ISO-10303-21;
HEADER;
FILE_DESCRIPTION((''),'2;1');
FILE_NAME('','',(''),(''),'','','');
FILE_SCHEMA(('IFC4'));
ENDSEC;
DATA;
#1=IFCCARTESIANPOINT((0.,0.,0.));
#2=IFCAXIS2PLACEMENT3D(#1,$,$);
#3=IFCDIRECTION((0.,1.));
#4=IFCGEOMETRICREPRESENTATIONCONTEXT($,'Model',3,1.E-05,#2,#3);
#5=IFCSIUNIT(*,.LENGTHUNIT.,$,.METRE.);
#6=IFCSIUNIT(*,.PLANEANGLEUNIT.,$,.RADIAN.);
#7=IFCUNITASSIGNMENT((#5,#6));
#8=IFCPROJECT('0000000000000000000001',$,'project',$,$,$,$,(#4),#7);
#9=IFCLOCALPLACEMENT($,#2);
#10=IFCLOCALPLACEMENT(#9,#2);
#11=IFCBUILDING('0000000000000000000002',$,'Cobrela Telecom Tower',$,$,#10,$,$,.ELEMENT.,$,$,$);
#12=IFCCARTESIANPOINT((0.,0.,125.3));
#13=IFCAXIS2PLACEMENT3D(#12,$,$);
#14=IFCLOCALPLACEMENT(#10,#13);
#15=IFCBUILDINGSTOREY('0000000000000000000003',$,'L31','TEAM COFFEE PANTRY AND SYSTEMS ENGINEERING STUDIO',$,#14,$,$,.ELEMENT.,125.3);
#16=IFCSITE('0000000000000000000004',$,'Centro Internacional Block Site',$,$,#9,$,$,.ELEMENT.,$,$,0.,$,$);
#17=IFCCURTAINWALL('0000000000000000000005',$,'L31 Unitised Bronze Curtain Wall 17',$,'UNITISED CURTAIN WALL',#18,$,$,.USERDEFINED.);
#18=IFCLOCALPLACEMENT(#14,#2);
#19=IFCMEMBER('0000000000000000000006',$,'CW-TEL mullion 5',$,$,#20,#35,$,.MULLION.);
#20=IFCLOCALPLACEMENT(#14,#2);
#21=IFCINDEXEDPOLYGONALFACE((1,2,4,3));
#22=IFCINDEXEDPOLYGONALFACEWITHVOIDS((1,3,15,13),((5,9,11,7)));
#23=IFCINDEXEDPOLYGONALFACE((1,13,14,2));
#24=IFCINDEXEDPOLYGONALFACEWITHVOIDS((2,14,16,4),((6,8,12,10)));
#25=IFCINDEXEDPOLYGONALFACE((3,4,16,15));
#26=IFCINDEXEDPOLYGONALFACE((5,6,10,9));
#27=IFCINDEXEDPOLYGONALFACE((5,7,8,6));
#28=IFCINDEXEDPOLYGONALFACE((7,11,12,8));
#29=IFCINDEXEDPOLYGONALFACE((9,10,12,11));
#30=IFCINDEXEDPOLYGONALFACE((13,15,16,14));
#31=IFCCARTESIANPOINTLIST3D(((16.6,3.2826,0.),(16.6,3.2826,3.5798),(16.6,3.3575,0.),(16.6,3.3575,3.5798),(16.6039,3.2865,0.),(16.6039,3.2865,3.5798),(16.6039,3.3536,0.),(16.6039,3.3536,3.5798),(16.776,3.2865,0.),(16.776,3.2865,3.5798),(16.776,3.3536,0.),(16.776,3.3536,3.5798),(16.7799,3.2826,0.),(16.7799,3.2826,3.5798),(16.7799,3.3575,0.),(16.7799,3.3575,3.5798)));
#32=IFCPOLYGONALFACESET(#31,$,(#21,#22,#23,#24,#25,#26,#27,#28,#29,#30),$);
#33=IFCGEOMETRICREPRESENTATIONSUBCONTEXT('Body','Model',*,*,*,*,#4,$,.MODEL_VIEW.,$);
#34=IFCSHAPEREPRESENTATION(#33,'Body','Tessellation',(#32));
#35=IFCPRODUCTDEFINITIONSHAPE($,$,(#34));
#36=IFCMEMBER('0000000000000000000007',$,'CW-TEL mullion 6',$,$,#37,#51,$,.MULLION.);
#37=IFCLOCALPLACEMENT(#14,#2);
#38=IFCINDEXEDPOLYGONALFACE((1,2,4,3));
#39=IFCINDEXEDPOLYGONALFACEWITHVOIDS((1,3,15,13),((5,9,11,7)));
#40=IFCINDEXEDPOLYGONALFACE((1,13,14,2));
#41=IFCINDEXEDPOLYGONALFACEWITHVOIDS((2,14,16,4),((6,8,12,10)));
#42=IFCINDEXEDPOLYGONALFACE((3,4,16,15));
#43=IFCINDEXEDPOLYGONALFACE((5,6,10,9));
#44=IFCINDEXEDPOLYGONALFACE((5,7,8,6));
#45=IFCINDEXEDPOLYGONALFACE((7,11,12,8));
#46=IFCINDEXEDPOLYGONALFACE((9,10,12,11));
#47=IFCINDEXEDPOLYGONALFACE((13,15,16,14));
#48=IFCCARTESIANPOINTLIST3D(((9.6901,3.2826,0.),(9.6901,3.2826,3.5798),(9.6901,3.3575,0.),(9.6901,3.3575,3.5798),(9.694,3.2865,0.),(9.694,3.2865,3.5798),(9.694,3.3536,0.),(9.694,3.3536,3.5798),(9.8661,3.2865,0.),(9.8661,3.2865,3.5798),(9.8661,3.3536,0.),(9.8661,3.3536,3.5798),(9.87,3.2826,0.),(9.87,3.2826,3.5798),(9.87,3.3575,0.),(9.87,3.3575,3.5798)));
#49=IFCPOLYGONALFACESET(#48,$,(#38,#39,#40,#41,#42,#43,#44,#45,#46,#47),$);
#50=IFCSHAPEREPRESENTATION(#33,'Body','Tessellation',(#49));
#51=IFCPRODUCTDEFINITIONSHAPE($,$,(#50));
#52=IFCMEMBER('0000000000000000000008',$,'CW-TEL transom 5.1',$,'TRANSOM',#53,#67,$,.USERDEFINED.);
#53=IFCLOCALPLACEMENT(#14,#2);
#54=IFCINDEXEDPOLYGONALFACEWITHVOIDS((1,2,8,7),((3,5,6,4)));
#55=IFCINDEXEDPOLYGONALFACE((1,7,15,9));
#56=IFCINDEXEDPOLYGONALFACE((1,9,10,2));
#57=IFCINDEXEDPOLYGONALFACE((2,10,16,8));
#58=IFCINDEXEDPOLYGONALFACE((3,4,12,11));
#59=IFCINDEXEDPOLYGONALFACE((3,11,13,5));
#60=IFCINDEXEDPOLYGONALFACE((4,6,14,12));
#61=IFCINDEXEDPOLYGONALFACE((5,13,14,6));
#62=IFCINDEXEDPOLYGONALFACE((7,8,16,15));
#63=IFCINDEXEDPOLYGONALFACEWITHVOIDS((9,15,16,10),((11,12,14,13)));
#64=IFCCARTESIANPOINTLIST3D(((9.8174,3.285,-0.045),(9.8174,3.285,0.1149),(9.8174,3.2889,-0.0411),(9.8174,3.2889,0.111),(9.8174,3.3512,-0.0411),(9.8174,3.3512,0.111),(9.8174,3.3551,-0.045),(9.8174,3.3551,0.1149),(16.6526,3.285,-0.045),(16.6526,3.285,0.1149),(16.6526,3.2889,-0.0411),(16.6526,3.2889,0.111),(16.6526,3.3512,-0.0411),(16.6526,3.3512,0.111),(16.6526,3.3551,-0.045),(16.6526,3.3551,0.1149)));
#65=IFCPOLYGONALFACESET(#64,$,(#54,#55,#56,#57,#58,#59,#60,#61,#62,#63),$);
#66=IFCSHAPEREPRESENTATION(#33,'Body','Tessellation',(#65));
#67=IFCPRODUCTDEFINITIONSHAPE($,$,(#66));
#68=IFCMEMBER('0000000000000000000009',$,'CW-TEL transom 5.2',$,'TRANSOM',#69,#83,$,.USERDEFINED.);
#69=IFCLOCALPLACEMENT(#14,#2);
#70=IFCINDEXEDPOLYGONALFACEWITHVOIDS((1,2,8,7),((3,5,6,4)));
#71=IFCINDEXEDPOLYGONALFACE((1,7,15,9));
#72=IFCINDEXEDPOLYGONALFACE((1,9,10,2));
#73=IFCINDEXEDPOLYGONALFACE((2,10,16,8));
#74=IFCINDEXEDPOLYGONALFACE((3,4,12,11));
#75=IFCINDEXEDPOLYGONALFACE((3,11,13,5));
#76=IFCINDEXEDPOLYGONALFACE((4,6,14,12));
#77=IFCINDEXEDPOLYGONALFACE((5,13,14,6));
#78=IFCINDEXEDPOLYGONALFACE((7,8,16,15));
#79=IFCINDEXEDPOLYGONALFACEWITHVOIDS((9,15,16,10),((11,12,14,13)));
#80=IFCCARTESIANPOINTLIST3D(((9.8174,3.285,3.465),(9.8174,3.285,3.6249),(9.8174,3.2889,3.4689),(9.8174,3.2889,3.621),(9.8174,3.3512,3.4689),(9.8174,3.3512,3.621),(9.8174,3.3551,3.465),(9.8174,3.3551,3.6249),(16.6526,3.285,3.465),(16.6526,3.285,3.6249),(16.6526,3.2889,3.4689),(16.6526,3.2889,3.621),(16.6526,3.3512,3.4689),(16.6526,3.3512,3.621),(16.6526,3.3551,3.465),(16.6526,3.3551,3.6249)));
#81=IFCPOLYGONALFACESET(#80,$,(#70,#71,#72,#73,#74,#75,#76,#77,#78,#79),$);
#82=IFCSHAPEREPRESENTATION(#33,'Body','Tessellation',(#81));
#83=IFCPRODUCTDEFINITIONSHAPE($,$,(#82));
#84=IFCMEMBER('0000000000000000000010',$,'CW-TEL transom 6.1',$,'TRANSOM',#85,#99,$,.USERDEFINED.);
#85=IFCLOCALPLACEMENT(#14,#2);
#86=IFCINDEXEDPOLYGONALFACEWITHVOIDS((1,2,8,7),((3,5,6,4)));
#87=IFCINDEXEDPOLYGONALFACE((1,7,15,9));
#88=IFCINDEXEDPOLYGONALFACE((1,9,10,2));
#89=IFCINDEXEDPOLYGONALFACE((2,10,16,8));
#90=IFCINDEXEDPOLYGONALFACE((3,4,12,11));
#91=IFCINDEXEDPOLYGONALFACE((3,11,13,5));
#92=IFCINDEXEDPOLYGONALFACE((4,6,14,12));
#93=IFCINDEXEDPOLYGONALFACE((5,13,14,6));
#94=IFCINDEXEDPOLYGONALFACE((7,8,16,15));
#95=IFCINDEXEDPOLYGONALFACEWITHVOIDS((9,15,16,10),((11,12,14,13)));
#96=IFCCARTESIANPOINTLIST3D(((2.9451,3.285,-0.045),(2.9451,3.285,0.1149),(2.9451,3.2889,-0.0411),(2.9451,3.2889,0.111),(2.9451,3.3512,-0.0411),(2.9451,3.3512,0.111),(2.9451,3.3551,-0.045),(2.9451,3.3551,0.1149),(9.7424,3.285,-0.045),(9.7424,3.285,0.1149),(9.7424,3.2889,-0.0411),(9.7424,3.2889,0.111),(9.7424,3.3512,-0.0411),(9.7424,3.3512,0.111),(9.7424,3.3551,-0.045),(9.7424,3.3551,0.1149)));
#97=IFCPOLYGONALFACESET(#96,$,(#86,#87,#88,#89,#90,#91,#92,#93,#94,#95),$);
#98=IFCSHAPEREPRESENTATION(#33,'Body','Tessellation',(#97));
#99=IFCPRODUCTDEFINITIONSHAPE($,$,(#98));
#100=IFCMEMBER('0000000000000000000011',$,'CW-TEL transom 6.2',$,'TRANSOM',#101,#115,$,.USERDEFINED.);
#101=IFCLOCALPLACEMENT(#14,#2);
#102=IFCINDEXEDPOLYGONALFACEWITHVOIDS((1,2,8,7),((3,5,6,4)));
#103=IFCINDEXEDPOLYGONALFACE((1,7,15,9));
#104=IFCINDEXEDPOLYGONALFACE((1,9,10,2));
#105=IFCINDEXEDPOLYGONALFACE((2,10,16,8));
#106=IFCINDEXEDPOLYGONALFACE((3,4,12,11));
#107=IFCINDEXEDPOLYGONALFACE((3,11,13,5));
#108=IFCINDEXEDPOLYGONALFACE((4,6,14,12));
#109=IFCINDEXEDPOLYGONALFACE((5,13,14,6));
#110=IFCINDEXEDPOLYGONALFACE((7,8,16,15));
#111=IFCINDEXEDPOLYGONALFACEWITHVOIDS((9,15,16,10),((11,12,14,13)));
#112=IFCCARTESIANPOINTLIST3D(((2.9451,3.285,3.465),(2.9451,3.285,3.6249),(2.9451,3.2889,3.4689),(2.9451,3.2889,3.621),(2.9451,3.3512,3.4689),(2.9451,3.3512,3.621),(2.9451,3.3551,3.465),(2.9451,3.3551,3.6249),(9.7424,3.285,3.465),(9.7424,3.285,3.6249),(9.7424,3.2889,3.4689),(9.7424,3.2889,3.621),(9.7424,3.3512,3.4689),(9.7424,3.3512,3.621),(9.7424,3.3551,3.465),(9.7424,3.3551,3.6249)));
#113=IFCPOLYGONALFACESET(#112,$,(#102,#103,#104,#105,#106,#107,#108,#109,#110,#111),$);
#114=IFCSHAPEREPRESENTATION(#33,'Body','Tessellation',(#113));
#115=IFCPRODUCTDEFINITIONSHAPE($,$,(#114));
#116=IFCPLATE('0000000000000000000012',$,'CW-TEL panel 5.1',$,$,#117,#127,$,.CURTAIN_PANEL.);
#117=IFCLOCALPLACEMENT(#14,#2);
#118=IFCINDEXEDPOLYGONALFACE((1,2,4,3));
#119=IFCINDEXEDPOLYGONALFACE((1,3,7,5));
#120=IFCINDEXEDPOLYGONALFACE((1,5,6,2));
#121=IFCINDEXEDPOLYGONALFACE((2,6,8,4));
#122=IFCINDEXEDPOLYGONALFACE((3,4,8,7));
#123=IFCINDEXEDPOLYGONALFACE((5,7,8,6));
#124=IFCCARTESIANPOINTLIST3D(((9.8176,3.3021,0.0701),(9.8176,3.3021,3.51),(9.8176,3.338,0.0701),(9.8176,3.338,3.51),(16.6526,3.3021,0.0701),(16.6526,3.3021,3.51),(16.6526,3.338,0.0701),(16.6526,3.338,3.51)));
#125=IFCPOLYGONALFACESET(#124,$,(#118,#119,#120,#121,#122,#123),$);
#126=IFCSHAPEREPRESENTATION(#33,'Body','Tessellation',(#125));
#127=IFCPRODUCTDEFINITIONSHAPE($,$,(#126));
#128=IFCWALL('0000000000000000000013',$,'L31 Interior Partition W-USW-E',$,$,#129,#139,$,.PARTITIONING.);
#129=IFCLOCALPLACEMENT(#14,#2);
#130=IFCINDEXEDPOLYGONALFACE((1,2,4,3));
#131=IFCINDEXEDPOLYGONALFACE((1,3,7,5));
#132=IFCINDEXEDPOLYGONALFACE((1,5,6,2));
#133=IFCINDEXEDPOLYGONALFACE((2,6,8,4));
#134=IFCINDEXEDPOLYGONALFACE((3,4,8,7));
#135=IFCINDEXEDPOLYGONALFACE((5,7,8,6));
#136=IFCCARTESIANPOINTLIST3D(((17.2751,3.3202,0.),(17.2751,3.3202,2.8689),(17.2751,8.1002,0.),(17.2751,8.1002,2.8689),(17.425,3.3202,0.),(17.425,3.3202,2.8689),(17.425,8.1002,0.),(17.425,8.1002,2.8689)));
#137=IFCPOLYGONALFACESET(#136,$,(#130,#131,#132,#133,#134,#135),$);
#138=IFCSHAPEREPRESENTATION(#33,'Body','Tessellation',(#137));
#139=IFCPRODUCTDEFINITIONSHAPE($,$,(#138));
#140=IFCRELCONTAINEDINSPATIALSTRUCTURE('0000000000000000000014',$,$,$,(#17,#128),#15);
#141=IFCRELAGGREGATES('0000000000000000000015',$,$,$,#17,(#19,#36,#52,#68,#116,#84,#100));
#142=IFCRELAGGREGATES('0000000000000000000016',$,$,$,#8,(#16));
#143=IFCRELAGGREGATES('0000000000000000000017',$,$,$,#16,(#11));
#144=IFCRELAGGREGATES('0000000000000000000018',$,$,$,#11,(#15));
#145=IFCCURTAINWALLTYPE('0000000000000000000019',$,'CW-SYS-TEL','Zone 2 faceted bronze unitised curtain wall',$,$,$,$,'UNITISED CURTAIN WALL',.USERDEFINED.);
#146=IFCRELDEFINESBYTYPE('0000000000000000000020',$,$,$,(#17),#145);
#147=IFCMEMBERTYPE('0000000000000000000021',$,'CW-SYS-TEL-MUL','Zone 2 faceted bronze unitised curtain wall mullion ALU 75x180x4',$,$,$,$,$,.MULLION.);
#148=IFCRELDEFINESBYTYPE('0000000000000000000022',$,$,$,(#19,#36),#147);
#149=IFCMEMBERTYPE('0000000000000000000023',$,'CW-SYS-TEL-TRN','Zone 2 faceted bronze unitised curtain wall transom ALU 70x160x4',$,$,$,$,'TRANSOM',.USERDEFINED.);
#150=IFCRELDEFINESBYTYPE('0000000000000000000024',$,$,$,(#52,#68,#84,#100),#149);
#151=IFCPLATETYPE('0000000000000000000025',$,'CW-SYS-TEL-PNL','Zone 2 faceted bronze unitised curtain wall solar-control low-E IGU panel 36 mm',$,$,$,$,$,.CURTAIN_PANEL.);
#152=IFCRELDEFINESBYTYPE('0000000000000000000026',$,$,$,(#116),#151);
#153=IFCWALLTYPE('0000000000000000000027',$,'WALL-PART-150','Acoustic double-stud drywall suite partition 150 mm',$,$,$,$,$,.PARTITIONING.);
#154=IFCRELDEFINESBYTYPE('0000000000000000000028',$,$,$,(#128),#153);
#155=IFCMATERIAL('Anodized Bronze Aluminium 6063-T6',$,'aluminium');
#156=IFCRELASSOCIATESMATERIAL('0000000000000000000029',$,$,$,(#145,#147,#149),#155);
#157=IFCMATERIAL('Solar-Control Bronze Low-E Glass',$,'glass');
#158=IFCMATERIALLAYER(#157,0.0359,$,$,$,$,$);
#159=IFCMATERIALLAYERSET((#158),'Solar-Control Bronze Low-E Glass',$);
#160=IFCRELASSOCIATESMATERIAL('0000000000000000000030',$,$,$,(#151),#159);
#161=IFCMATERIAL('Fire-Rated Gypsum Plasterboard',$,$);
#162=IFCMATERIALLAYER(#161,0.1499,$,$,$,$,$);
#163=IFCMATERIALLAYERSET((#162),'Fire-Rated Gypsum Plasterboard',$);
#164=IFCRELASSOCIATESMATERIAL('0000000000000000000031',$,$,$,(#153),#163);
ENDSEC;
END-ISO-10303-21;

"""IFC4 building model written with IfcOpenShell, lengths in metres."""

from ifc_helpers import new_model, si_unit, direction, frame, frame_2d, origin, origin_2d, place, context, subcontext, project, spatial, rectangle, hollow_rectangle, extrude, material, layer, layer_set, material_profile, profile_set, type_object, element, aggregate, save


model = new_model("IFC4")

# Units and contexts
model_context = context("Model", 3, precision=1e-05, world=origin(), true_north=direction((0.0, 1.0)))
body_context = subcontext(model_context, "Body", "Model", "MODEL_VIEW")
ifc_project = project(units=[si_unit("LENGTHUNIT", "METRE"), si_unit("PLANEANGLEUNIT", "RADIAN")], contexts=[model_context])

# Site, building, storey
site_placement = place(None, origin())
site = spatial("IfcSite", under=ifc_project, at=site_placement, Name="Centro Internacional Block Site", CompositionType="ELEMENT", RefElevation=0.0)
building_placement = place(site_placement, origin())
building = spatial("IfcBuilding", under=site, at=building_placement, Name="Cobrela Telecom Tower", CompositionType="ELEMENT")
storey_placement = place(building_placement, frame((0.0, 0.0, 125.3)))
storey = spatial("IfcBuildingStorey", under=building, at=storey_placement, Name="L31", Description="TEAM COFFEE PANTRY AND SYSTEMS ENGINEERING STUDIO", CompositionType="ELEMENT", Elevation=125.3)

# Curtain wall, members, plate
ifc_material_1 = material(Name="Anodized Bronze Aluminium 6063-T6", Category="aluminium")
curtain_wall_type = type_object("IfcCurtainWallType", Name="CW-SYS-TEL", Description="Zone 2 faceted bronze unitised curtain wall", ElementType="UNITISED CURTAIN WALL", PredefinedType="USERDEFINED", material=ifc_material_1)
curtain_wall_placement = place(storey_placement, origin())
curtain_wall = element("IfcCurtainWall", 1, at=curtain_wall_placement, inside=storey, type_object=curtain_wall_type, Name="L31 Unitised Bronze Curtain Wall 17", ObjectType="UNITISED CURTAIN WALL", PredefinedType="USERDEFINED")
ifc_material_profile_1 = material_profile(ifc_material_1, hollow_rectangle(XDim=0.075, YDim=0.1799, WallThickness=0.0039, at=origin_2d()), Name="ALU 75x180x4")
ifc_profile_set_1 = profile_set([ifc_material_profile_1], Name="Anodized Bronze Aluminium 6063-T6")
member_type_1 = type_object("IfcMemberType", Name="CW-SYS-TEL-MUL", Description="Zone 2 faceted bronze unitised curtain wall mullion ALU 75x180x4", PredefinedType="MULLION", material=ifc_profile_set_1)
member_1_placement = place(storey_placement, frame((16.6899, 3.3201, 0.0), z_axis=(0.0, 0.0, 1.0), x_axis=(0.0, -1.0, 0.0)))
member_1 = element("IfcMember", 2, at=member_1_placement, type_object=member_type_1, Name="CW-TEL mullion 5", PredefinedType="MULLION", context=body_context, shape_type="SweptSolid", body=[
    extrude(hollow_rectangle(XDim=0.075, YDim=0.1799, WallThickness=0.0039, at=origin_2d()), origin(), (0.0, 0.0, 1.0), 3.5798),
])
member_2_placement = place(storey_placement, frame((9.78, 3.3201, 0.0), z_axis=(0.0, 0.0, 1.0), x_axis=(0.0, -1.0, 0.0)))
member_2 = element("IfcMember", 3, at=member_2_placement, type_object=member_type_1, Name="CW-TEL mullion 6", PredefinedType="MULLION", context=body_context, shape_type="SweptSolid", body=[
    extrude(hollow_rectangle(XDim=0.075, YDim=0.1799, WallThickness=0.0039, at=origin_2d()), origin(), (0.0, 0.0, 1.0), 3.5798),
])
ifc_material_profile_2 = material_profile(ifc_material_1, hollow_rectangle(XDim=0.0701, YDim=0.1599, WallThickness=0.0039, at=origin_2d()), Name="ALU 70x160x4")
ifc_profile_set_2 = profile_set([ifc_material_profile_2], Name="Anodized Bronze Aluminium 6063-T6")
member_type_2 = type_object("IfcMemberType", Name="CW-SYS-TEL-TRN", Description="Zone 2 faceted bronze unitised curtain wall transom ALU 70x160x4", ElementType="TRANSOM", PredefinedType="USERDEFINED", material=ifc_profile_set_2)
member_3_placement = place(storey_placement, frame((16.6526, 3.3201, 0.0349), z_axis=(-1.0, 0.0, 0.0), x_axis=(0.0, -1.0, 0.0)))
member_3 = element("IfcMember", 4, at=member_3_placement, type_object=member_type_2, Name="CW-TEL transom 5.1", ObjectType="TRANSOM", PredefinedType="USERDEFINED", context=body_context, shape_type="SweptSolid", body=[
    extrude(hollow_rectangle(XDim=0.0701, YDim=0.1599, WallThickness=0.0039, at=origin_2d()), origin(), (0.0, 0.0, 1.0), 6.8352),
])
member_4_placement = place(storey_placement, frame((16.6526, 3.3201, 3.5449), z_axis=(-1.0, 0.0, 0.0), x_axis=(0.0, -1.0, 0.0)))
member_4 = element("IfcMember", 5, at=member_4_placement, type_object=member_type_2, Name="CW-TEL transom 5.2", ObjectType="TRANSOM", PredefinedType="USERDEFINED", context=body_context, shape_type="SweptSolid", body=[
    extrude(hollow_rectangle(XDim=0.0701, YDim=0.1599, WallThickness=0.0039, at=origin_2d()), origin(), (0.0, 0.0, 1.0), 6.8352),
])
member_5_placement = place(storey_placement, frame((9.7424, 3.3201, 0.0349), z_axis=(-1.0, 0.0, 0.0), x_axis=(0.0, -1.0, 0.0)))
member_5 = element("IfcMember", 6, at=member_5_placement, type_object=member_type_2, Name="CW-TEL transom 6.1", ObjectType="TRANSOM", PredefinedType="USERDEFINED", context=body_context, shape_type="SweptSolid", body=[
    extrude(hollow_rectangle(XDim=0.0701, YDim=0.1599, WallThickness=0.0039, at=origin_2d()), origin(), (0.0, 0.0, 1.0), 6.7974),
])
member_6_placement = place(storey_placement, frame((9.7424, 3.3201, 3.5449), z_axis=(-1.0, 0.0, 0.0), x_axis=(0.0, -1.0, 0.0)))
member_6 = element("IfcMember", 7, at=member_6_placement, type_object=member_type_2, Name="CW-TEL transom 6.2", ObjectType="TRANSOM", PredefinedType="USERDEFINED", context=body_context, shape_type="SweptSolid", body=[
    extrude(hollow_rectangle(XDim=0.0701, YDim=0.1599, WallThickness=0.0039, at=origin_2d()), origin(), (0.0, 0.0, 1.0), 6.7974),
])
ifc_material_2 = material(Name="Solar-Control Bronze Low-E Glass", Category="glass")
ifc_layer_1 = layer(ifc_material_2, 0.0359)
ifc_layer_set_1 = layer_set([ifc_layer_1], Name="Solar-Control Bronze Low-E Glass")
plate_type = type_object("IfcPlateType", Name="CW-SYS-TEL-PNL", Description="Zone 2 faceted bronze unitised curtain wall solar-control low-E IGU panel 36 mm", PredefinedType="CURTAIN_PANEL", material=ifc_layer_set_1)
plate_placement = place(storey_placement, frame((13.2351, 3.3201, 0.0701), z_axis=(0.0, 0.0, 1.0), x_axis=(-1.0, 0.0, 0.0)))
plate = element("IfcPlate", 8, at=plate_placement, type_object=plate_type, Name="CW-TEL panel 5.1", PredefinedType="CURTAIN_PANEL", context=body_context, shape_type="SweptSolid", body=[
    extrude(rectangle(XDim=6.835, YDim=0.0359, at=origin_2d()), origin(), (0.0, 0.0, 1.0), 3.4399),
])
aggregate(curtain_wall, [member_1, member_2, member_3, member_4, plate, member_5, member_6])

# Shared definitions
ifc_material_3 = material(Name="Fire-Rated Gypsum Plasterboard")
ifc_layer_2 = layer(ifc_material_3, 0.1499)
ifc_layer_set_2 = layer_set([ifc_layer_2], Name="Fire-Rated Gypsum Plasterboard")
wall_type_1 = type_object("IfcWallType", Name="WALL-PART-150", Description="Acoustic double-stud drywall suite partition 150 mm", PredefinedType="PARTITIONING", material=ifc_layer_set_2)

# Wall
wall_1_placement = place(storey_placement, frame((17.3501, 3.3201, 0.0), z_axis=(0.0, 0.0, 1.0), x_axis=(0.0, 1.0, 0.0)))
element("IfcWall", 9, at=wall_1_placement, inside=storey, type_object=wall_type_1, Name="L31 Interior Partition W-USW-E", PredefinedType="PARTITIONING", context=body_context, shape_type="SweptSolid", body=[
    extrude(rectangle(XDim=4.78, YDim=0.1499, at=frame_2d((2.3901, 0.0))), origin(), (0.0, 0.0, 1.0), 2.8689),
])

save(model, "model.ifc")
